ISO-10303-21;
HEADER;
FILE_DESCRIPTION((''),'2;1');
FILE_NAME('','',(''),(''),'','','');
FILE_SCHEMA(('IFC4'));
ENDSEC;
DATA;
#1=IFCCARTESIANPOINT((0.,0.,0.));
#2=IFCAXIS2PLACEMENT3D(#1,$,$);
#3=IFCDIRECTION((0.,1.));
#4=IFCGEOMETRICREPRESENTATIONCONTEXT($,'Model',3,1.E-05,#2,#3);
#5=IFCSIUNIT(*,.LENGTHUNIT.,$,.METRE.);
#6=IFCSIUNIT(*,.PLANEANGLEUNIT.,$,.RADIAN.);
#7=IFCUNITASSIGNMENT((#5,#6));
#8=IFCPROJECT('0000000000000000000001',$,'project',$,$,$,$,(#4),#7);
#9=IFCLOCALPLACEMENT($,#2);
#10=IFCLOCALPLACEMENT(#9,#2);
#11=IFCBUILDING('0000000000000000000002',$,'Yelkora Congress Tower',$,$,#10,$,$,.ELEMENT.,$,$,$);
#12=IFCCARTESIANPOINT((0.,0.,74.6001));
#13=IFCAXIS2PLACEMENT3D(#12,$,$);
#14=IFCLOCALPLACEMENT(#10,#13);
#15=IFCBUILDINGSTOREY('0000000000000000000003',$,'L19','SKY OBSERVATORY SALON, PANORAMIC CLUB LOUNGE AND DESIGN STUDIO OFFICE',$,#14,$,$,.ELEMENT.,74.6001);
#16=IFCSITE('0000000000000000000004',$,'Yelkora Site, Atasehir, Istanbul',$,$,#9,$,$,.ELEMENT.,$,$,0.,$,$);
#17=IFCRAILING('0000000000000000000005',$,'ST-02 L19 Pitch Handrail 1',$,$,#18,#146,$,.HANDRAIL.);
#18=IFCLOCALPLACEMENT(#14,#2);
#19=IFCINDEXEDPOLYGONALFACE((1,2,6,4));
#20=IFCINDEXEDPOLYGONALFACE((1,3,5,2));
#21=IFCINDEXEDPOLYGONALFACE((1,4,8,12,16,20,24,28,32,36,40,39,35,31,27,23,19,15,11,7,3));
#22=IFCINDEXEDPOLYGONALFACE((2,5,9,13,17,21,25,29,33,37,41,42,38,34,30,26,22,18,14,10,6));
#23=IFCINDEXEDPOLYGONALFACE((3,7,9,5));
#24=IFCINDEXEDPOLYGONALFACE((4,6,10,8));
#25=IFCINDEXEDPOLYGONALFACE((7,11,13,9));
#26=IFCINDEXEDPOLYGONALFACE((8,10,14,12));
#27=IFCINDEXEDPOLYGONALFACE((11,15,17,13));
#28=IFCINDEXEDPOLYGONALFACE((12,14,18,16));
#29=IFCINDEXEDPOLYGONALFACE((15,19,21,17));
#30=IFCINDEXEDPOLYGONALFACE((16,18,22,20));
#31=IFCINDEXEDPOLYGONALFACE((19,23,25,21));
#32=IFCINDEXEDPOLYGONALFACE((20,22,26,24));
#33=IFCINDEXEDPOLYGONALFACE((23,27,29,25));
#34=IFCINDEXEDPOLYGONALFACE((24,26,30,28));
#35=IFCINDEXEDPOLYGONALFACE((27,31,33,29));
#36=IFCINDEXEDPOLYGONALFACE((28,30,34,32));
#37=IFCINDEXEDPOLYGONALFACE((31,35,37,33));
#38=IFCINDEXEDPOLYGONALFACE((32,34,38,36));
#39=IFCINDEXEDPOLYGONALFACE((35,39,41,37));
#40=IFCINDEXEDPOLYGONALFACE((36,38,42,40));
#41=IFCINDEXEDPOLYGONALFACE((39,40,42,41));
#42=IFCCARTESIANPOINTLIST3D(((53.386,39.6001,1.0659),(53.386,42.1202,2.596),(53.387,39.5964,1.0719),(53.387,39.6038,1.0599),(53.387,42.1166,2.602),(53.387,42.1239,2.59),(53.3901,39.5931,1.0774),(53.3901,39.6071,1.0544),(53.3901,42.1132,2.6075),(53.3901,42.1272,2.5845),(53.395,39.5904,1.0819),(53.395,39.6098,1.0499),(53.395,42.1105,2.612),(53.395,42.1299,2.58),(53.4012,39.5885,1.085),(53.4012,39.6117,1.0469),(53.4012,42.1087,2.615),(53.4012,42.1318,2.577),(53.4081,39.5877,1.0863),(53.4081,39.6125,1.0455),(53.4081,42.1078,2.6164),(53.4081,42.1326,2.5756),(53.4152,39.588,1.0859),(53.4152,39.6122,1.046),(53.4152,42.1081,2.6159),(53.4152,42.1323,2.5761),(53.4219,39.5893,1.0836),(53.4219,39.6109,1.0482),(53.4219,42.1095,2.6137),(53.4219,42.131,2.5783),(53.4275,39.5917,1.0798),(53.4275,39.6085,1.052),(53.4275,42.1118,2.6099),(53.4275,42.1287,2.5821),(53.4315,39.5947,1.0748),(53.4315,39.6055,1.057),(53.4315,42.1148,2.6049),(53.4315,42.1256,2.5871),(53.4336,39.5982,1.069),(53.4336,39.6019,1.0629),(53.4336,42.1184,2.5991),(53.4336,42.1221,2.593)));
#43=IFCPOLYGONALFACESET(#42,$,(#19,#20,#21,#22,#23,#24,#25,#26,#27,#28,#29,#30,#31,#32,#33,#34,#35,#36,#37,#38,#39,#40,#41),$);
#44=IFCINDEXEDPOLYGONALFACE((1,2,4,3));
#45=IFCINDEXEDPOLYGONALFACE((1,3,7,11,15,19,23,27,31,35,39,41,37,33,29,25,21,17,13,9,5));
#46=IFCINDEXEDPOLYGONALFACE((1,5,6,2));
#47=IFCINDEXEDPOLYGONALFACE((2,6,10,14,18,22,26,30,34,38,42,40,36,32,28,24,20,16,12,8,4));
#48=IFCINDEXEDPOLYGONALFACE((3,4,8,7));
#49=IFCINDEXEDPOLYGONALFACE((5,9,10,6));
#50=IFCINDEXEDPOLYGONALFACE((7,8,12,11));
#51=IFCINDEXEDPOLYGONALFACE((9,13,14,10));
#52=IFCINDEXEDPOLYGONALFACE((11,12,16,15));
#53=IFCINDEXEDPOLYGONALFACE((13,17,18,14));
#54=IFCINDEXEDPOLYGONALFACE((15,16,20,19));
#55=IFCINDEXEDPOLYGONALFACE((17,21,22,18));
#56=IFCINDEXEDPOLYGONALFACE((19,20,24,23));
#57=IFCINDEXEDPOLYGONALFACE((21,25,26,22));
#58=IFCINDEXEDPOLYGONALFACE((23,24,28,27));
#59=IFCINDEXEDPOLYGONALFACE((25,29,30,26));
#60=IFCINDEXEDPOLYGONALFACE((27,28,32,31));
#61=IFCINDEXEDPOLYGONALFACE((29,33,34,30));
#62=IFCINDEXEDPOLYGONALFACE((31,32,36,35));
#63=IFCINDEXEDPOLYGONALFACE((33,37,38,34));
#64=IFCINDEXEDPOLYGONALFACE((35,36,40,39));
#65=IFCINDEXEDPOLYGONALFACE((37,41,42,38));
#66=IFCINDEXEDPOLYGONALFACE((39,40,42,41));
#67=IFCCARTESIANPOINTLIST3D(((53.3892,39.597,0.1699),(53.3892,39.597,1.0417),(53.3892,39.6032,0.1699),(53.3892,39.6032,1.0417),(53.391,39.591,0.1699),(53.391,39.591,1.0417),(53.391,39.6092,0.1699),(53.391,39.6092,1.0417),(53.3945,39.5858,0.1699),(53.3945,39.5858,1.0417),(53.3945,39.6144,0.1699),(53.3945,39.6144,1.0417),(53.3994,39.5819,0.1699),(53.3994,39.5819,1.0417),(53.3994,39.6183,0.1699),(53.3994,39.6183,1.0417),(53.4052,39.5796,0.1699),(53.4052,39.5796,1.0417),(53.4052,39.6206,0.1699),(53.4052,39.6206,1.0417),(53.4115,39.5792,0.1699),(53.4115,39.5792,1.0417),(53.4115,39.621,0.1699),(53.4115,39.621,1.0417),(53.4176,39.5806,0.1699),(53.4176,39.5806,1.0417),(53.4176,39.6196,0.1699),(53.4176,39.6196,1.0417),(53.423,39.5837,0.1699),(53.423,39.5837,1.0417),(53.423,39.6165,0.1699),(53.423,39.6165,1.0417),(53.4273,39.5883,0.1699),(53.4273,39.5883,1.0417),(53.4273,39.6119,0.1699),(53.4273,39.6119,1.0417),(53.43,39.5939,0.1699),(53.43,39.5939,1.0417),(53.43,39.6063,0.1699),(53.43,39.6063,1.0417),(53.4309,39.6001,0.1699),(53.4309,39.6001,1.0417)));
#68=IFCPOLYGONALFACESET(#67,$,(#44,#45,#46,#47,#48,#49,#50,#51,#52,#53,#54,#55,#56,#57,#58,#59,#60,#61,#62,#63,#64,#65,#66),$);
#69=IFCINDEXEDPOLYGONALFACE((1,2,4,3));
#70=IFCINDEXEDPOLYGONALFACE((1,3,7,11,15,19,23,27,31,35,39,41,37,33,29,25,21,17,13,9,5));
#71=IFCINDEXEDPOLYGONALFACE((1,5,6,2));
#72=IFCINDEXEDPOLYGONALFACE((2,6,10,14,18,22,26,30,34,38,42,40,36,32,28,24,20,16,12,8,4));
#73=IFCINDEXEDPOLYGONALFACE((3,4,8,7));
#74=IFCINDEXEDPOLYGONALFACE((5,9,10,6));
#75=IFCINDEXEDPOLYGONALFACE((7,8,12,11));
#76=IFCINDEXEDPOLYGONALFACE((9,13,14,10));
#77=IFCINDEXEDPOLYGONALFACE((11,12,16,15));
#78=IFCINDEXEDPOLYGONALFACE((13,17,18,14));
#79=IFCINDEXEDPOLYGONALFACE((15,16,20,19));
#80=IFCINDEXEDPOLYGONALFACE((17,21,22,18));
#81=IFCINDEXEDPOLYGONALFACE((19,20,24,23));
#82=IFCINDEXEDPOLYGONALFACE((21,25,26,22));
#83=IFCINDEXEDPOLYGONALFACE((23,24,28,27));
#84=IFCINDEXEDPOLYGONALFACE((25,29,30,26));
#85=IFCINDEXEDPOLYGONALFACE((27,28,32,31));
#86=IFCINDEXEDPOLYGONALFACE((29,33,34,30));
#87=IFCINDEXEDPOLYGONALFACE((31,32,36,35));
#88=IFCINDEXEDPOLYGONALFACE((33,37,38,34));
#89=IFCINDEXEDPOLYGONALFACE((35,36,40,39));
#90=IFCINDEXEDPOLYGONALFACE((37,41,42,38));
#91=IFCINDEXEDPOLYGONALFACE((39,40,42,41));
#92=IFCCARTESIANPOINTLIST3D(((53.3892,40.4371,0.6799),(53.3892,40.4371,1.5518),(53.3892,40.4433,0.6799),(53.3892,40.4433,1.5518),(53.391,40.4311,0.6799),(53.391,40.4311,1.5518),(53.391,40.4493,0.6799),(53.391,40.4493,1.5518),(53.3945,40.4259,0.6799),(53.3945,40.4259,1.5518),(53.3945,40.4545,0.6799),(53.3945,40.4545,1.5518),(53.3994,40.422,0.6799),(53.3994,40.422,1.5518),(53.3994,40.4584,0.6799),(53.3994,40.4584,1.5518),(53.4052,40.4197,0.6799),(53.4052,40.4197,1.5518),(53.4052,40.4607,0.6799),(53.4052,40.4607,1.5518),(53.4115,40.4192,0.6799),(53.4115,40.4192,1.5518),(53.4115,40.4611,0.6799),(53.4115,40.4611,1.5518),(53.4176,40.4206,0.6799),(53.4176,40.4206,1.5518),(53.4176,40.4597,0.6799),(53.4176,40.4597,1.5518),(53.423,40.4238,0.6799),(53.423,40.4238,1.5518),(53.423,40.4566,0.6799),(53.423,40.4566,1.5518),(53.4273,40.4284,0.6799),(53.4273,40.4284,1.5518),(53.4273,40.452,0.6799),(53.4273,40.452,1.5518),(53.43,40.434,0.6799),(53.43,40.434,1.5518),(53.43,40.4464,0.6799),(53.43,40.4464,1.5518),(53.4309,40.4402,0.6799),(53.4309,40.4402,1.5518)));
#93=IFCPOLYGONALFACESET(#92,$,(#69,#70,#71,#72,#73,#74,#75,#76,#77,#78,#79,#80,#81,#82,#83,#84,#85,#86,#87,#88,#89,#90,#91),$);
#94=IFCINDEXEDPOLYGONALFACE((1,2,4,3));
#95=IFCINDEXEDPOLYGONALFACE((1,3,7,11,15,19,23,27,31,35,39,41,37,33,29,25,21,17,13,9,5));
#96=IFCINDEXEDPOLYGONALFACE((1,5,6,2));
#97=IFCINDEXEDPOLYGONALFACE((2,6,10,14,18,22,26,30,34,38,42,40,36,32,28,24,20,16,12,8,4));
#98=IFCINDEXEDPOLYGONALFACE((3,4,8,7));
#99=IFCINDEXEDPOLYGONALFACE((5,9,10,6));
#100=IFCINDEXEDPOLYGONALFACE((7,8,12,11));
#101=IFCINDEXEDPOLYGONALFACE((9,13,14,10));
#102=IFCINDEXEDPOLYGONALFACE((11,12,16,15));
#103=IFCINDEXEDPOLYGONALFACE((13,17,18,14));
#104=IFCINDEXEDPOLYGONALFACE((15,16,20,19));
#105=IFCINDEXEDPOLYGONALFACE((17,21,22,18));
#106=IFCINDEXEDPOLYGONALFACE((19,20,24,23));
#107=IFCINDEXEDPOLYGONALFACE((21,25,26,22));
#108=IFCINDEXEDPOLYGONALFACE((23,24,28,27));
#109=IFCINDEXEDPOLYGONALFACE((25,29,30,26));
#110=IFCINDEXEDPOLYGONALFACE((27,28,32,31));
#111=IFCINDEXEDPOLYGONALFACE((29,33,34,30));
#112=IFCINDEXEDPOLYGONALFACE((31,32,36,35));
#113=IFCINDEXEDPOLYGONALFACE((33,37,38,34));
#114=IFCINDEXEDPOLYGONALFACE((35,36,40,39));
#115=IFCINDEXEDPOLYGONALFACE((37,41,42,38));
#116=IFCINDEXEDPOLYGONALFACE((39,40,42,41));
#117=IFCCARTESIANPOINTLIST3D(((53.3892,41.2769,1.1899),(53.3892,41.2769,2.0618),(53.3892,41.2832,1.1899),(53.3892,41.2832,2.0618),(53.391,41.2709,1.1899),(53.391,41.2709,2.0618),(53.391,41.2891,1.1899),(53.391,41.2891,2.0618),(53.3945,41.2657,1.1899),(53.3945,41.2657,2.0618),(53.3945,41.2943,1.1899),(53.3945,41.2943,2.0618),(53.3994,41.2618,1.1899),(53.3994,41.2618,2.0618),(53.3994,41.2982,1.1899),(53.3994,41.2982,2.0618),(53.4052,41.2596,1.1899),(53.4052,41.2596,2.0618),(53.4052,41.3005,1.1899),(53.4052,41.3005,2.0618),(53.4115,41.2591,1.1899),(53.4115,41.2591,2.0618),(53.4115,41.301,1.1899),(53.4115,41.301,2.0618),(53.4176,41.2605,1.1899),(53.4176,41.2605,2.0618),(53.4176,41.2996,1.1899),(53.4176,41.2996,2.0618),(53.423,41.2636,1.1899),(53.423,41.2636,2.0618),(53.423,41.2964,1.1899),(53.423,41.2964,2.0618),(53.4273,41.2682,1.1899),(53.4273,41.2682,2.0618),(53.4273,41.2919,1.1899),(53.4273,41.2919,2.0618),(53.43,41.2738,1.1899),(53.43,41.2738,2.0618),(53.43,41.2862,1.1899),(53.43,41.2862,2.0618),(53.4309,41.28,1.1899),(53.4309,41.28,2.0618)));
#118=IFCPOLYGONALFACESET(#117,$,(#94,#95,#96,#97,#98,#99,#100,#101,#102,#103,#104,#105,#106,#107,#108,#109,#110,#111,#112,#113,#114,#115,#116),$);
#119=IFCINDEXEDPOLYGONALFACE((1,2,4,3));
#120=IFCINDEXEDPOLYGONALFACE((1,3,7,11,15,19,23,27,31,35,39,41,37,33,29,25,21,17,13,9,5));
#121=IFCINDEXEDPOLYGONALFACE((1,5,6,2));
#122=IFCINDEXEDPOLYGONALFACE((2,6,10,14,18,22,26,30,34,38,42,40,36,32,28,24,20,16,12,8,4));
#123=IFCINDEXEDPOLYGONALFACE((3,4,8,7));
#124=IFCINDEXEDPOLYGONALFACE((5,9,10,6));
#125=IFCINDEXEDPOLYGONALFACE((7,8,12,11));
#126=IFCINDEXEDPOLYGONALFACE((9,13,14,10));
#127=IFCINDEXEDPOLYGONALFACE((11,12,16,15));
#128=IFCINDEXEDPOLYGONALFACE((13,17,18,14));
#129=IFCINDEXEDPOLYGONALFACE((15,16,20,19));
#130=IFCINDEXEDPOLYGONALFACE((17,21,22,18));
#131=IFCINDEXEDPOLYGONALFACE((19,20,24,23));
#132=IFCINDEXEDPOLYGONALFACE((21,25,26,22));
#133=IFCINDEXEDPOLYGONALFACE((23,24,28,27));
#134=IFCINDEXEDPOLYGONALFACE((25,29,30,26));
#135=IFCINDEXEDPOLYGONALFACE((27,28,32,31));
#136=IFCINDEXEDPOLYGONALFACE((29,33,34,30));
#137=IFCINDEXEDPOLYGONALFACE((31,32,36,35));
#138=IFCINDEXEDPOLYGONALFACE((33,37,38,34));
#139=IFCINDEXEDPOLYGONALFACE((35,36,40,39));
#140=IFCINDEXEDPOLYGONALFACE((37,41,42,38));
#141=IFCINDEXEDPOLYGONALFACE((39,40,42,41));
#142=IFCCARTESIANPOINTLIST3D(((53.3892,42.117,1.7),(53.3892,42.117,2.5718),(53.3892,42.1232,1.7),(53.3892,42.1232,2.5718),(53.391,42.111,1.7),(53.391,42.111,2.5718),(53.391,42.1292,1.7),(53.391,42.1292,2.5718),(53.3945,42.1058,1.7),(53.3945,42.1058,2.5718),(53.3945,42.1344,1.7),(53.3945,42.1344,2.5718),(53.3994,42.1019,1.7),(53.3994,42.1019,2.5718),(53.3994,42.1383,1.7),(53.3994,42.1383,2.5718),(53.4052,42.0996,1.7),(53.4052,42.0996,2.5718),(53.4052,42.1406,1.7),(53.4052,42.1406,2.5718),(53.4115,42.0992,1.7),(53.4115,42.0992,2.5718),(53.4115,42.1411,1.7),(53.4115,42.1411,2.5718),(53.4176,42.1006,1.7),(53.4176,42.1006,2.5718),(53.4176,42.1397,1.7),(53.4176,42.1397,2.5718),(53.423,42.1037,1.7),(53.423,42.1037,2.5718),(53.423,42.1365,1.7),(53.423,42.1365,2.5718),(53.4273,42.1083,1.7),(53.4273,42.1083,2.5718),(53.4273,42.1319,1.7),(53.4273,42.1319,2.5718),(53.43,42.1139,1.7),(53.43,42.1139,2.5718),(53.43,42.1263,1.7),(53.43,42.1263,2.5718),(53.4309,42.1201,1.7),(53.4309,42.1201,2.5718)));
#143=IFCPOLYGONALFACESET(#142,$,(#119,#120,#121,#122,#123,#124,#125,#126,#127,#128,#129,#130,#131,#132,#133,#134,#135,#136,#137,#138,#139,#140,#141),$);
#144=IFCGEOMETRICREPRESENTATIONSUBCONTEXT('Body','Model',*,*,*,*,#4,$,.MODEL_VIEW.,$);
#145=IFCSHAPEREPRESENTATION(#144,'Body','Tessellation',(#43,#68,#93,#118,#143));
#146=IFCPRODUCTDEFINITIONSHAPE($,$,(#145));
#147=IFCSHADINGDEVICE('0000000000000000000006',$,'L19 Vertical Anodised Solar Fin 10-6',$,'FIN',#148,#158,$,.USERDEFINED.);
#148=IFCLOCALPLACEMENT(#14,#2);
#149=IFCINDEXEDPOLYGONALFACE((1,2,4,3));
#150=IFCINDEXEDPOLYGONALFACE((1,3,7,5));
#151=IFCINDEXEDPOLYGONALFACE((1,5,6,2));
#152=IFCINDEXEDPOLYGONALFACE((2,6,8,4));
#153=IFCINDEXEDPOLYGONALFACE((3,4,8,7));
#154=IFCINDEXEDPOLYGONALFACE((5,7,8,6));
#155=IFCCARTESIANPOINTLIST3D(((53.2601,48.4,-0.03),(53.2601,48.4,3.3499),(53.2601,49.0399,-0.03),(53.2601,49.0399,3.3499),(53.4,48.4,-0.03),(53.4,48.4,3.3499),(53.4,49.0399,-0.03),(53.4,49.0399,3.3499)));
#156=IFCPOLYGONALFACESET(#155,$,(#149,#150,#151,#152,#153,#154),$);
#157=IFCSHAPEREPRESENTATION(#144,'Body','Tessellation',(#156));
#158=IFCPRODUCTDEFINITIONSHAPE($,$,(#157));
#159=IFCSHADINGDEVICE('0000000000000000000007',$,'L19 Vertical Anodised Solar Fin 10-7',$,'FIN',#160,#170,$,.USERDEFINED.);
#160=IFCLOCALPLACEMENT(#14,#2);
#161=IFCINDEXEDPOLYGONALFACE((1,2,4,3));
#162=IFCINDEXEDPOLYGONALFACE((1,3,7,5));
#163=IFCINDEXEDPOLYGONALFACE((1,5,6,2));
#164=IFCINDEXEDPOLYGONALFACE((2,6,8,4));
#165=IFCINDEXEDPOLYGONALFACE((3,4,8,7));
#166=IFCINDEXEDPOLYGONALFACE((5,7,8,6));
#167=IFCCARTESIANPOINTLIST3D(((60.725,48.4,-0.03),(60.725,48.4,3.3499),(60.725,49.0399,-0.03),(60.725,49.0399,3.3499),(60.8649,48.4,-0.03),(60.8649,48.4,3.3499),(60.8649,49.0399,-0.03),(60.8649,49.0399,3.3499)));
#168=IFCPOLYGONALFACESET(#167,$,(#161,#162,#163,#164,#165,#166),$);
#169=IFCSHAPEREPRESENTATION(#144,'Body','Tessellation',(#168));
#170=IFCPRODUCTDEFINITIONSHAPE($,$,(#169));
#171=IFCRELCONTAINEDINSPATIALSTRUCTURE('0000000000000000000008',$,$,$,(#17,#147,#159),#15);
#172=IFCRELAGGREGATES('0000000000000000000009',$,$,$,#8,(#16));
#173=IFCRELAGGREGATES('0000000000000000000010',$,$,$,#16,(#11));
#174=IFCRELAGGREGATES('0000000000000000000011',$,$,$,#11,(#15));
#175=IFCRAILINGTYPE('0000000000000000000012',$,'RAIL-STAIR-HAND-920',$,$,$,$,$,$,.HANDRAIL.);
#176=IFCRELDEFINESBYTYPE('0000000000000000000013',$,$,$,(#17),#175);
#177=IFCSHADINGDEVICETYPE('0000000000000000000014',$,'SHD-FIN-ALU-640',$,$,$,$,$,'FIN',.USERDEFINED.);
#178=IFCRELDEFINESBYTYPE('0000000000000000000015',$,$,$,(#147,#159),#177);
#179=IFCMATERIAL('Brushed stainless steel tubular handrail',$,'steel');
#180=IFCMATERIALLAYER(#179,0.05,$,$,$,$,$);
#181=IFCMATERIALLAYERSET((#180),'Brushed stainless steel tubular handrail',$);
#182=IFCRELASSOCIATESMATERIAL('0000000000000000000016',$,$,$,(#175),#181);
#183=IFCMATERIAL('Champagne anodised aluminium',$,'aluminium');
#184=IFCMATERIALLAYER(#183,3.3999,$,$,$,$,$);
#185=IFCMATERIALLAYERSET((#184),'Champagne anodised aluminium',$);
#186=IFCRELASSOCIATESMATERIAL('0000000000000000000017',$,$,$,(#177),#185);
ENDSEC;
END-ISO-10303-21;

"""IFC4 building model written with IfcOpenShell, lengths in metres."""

from ifc_helpers import new_model, si_unit, direction, frame, origin, origin_2d, place, context, subcontext, project, spatial, rectangle, circle, extrude, material, layer, layer_set, type_object, element, save


model = new_model("IFC4")

# Units and contexts
model_context = context("Model", 3, precision=1e-05, world=origin(), true_north=direction((0.0, 1.0)))
body_context = subcontext(model_context, "Body", "Model", "MODEL_VIEW")
ifc_project = project(units=[si_unit("LENGTHUNIT", "METRE"), si_unit("PLANEANGLEUNIT", "RADIAN")], contexts=[model_context])

# Site, building, storey
site_placement = place(None, origin())
site = spatial("IfcSite", under=ifc_project, at=site_placement, Name="Yelkora Site, Atasehir, Istanbul", CompositionType="ELEMENT", RefElevation=0.0)
building_placement = place(site_placement, origin())
building = spatial("IfcBuilding", under=site, at=building_placement, Name="Yelkora Congress Tower", CompositionType="ELEMENT")
storey_placement = place(building_placement, frame((0.0, 0.0, 74.6001)))
storey = spatial("IfcBuildingStorey", under=building, at=storey_placement, Name="L19", Description="SKY OBSERVATORY SALON, PANORAMIC CLUB LOUNGE AND DESIGN STUDIO OFFICE", CompositionType="ELEMENT", Elevation=74.6001)

# Railing
ifc_material_1 = material(Name="Brushed stainless steel tubular handrail", Category="steel")
ifc_layer_1 = layer(ifc_material_1, 0.05)
ifc_layer_set_1 = layer_set([ifc_layer_1], Name="Brushed stainless steel tubular handrail")
railing_type_1 = type_object("IfcRailingType", Name="RAIL-STAIR-HAND-920", PredefinedType="HANDRAIL", material=ifc_layer_set_1)
railing_1_placement = place(storey_placement, frame((53.4099, 39.6001, 0.1699)))
element("IfcRailing", 1, at=railing_1_placement, inside=storey, type_object=railing_type_1, Name="ST-02 L19 Pitch Handrail 1", PredefinedType="HANDRAIL", context=body_context, shape_type="SweptSolid", body=[
    extrude(circle(Radius=0.0239, at=origin_2d()), frame((0.0, 0.0, 0.896), z_axis=(0.0, 0.854785, 0.518982), x_axis=(-1.0, 0.0, 0.0)), (0.0, 0.0, 1.0), 2.9482),
    extrude(circle(Radius=0.021, at=origin_2d()), origin(), (0.0, 0.0, 1.0), 0.8718),
    extrude(circle(Radius=0.021, at=origin_2d()), frame((0.0, 0.8401, 0.51)), (0.0, 0.0, 1.0), 0.8718),
    extrude(circle(Radius=0.021, at=origin_2d()), frame((0.0, 1.6799, 1.02)), (0.0, 0.0, 1.0), 0.8718),
    extrude(circle(Radius=0.021, at=origin_2d()), frame((0.0, 2.52, 1.53)), (0.0, 0.0, 1.0), 0.8718),
])

# Shading devices
ifc_material_2 = material(Name="Champagne anodised aluminium", Category="aluminium")
ifc_layer_2 = layer(ifc_material_2, 3.3999)
ifc_layer_set_2 = layer_set([ifc_layer_2], Name="Champagne anodised aluminium")
shading_device_type = type_object("IfcShadingDeviceType", Name="SHD-FIN-ALU-640", ElementType="FIN", PredefinedType="USERDEFINED", material=ifc_layer_set_2)
for number, where, z_axis, x_axis, name in (
    (2, (53.3301, 48.72, -0.03), (0.0, 0.0, 1.0), (1.0, 0.0, 0.0), "L19 Vertical Anodised Solar Fin 10-6"),
    (3, (60.7949, 48.72, -0.03), (0.0, 0.0, 1.0), (1.0, 0.0, 0.0), "L19 Vertical Anodised Solar Fin 10-7"),
):
    element("IfcShadingDevice", number, at=place(storey_placement, frame(where, z_axis=z_axis, x_axis=x_axis)), inside=storey, type_object=shading_device_type, Name=name, ObjectType="FIN", PredefinedType="USERDEFINED", context=body_context, shape_type="SweptSolid", body=[
        extrude(rectangle(XDim=0.1399, YDim=0.6399, at=origin_2d()), origin(), (0.0, 0.0, 1.0), 3.3799),
    ])

save(model, "model.ifc")
